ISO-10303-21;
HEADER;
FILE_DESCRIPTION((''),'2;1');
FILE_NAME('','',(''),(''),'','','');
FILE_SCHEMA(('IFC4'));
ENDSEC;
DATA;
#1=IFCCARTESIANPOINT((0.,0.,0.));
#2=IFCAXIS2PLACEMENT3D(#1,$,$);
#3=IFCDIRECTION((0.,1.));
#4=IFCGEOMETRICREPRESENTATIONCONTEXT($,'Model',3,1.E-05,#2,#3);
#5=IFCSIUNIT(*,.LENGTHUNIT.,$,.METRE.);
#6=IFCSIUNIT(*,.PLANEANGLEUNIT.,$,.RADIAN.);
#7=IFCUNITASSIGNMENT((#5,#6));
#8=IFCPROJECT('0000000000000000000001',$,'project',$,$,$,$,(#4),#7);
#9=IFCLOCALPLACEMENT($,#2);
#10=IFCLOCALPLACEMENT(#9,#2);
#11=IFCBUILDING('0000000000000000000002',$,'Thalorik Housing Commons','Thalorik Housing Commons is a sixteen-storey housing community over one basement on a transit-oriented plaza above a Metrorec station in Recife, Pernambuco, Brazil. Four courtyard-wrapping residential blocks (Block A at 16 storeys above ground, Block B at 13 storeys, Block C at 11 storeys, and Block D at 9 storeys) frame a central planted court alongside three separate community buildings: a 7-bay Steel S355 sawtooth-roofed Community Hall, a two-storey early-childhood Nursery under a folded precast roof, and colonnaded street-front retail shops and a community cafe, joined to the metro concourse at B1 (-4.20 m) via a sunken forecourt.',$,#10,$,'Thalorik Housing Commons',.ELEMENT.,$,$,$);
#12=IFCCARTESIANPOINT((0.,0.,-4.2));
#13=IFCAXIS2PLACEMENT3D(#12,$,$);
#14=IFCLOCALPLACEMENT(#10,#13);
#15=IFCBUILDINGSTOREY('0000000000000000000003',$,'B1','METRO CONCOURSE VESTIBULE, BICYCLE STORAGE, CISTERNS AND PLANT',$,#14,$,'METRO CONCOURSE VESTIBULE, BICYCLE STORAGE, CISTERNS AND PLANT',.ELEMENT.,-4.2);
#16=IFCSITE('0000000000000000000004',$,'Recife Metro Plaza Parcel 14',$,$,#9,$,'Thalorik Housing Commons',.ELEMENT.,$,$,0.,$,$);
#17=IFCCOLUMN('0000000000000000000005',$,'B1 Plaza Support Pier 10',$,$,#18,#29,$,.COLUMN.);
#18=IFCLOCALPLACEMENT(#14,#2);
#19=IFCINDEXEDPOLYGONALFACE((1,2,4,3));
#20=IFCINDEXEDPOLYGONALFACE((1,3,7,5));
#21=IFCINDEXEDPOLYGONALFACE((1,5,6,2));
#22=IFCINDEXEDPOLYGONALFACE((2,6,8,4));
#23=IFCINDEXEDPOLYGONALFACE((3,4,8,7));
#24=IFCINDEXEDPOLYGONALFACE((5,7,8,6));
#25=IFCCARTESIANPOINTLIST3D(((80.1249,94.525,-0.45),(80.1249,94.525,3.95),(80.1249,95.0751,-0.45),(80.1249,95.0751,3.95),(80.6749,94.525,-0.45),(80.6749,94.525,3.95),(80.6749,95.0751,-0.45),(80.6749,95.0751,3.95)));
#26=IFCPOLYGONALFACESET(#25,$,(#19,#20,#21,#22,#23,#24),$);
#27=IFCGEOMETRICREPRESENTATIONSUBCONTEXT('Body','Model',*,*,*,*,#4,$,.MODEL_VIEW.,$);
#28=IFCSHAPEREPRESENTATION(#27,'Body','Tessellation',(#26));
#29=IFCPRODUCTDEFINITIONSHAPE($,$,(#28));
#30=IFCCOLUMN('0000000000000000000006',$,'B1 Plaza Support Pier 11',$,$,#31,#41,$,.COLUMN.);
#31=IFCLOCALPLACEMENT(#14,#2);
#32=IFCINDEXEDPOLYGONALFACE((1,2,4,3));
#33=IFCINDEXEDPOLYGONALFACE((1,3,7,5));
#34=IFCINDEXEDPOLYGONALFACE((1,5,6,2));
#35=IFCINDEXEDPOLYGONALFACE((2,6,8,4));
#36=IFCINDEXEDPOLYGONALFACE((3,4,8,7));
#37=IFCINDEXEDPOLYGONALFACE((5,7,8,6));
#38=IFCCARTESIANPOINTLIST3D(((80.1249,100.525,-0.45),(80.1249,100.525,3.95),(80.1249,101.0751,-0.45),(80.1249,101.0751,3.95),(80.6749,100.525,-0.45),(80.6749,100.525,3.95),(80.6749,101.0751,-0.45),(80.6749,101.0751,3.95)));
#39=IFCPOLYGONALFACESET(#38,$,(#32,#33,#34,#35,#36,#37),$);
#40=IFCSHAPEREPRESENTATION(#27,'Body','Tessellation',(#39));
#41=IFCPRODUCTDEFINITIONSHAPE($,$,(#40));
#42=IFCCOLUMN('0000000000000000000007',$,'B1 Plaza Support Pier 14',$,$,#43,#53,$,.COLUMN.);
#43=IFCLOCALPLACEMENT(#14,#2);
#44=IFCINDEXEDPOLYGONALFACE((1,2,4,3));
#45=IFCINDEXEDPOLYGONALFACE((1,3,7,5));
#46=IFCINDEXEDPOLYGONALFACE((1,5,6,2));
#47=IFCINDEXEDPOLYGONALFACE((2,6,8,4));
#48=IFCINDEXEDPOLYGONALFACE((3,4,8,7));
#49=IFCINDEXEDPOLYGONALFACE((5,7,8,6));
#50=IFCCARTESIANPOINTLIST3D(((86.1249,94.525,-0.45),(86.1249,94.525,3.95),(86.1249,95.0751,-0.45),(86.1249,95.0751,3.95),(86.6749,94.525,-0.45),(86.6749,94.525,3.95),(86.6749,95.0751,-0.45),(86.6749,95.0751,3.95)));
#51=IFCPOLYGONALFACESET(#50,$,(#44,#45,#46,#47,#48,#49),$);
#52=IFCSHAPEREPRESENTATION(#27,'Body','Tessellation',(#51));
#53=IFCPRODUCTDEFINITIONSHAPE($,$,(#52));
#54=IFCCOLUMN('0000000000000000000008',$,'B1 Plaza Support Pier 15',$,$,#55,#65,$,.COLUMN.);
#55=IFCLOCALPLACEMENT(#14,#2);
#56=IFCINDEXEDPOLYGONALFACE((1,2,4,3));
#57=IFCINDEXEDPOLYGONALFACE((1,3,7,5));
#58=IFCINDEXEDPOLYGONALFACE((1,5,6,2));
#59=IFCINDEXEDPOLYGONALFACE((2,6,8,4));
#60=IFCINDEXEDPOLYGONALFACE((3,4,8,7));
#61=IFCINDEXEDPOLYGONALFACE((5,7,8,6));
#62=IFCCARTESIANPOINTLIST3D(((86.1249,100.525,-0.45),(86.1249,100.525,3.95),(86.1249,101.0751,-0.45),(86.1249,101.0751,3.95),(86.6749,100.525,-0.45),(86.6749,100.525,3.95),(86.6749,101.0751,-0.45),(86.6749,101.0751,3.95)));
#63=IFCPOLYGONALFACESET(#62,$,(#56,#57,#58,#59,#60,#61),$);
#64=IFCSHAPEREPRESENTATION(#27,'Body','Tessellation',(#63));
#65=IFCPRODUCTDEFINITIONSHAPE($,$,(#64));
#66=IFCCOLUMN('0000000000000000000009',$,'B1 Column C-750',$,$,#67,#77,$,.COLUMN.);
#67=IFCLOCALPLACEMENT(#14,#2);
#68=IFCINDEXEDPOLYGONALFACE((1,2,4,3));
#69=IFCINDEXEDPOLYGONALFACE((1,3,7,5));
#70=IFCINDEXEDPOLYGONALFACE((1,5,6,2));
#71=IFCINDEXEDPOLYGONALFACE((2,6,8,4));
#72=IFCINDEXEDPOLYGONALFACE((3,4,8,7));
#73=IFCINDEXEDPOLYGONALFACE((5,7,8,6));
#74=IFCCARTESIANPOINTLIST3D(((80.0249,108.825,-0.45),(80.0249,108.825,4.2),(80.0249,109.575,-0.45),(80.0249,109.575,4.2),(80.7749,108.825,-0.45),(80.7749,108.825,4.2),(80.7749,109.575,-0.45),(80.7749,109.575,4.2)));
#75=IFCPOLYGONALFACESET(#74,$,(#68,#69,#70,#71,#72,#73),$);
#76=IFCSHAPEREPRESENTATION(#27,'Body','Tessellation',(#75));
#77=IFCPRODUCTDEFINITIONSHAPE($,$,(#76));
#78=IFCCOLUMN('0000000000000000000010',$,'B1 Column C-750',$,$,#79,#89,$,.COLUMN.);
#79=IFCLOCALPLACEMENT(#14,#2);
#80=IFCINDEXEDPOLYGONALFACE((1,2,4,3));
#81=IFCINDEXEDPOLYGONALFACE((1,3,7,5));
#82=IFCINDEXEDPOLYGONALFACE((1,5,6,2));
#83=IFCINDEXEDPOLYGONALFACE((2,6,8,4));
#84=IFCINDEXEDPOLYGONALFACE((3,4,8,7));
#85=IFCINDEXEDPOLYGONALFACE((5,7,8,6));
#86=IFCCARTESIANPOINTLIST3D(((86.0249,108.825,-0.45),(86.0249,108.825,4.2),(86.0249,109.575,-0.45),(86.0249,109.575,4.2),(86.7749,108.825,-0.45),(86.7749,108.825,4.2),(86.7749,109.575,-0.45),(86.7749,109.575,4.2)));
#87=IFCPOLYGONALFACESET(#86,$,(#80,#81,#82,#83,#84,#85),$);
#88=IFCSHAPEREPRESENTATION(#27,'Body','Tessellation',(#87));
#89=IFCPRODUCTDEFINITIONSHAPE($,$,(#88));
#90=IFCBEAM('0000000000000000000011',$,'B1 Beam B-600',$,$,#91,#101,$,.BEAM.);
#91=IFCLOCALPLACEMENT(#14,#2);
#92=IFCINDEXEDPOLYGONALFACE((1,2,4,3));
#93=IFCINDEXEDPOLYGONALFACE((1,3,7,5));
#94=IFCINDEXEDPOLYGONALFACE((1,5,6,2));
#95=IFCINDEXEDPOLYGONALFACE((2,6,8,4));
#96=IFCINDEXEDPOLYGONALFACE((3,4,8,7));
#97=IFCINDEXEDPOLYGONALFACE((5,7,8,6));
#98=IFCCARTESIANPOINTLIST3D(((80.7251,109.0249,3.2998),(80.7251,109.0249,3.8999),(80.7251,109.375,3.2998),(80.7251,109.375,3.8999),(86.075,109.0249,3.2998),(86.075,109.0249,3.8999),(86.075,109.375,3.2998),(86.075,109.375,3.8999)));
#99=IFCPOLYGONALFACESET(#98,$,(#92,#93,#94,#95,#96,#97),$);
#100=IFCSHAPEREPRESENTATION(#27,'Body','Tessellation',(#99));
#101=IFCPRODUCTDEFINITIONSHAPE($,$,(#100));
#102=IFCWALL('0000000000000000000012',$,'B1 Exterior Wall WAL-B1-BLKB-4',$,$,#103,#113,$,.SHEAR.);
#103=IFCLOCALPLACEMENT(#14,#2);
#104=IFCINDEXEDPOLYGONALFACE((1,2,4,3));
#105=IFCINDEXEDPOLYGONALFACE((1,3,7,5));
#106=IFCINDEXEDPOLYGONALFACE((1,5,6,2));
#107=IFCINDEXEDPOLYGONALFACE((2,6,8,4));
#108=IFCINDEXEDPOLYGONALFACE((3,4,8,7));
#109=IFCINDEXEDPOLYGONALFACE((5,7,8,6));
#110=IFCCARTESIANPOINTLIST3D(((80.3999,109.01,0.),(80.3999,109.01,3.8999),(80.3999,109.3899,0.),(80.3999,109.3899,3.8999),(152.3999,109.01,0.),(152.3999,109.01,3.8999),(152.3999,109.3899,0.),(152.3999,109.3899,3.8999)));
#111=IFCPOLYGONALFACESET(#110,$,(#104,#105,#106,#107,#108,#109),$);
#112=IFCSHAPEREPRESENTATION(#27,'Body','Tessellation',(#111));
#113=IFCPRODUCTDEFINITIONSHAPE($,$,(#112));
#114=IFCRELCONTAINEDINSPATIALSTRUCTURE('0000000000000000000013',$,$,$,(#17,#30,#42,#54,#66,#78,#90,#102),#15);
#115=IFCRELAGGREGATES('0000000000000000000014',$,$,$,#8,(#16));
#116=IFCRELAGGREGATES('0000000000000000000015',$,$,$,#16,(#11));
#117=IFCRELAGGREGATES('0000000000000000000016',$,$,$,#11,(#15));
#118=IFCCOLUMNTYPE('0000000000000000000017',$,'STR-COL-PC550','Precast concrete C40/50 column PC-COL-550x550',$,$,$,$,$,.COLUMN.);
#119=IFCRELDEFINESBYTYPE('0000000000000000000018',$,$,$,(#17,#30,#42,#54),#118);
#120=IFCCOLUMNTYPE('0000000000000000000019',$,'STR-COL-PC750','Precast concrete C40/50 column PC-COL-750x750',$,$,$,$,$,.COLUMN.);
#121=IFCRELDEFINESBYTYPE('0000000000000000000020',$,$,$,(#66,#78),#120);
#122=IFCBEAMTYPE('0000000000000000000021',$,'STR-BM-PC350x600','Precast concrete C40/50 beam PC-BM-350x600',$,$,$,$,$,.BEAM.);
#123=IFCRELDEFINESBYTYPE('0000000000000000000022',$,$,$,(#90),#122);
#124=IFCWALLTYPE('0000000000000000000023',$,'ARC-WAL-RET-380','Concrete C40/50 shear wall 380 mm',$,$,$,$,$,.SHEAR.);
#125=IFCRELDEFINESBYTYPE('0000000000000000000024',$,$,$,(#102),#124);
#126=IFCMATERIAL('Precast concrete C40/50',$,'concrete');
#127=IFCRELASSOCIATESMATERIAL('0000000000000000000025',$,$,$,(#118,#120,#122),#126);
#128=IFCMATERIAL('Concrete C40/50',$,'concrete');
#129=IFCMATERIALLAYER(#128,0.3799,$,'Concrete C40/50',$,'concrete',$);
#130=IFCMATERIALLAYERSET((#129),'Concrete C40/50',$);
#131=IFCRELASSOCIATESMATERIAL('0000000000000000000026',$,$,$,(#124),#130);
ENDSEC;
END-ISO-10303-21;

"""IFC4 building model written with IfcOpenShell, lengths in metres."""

from ifc_helpers import new_model, si_unit, direction, frame, frame_2d, origin, origin_2d, place, context, subcontext, project, spatial, rectangle, extrude, material, layer, layer_set, material_profile, profile_set, type_object, element, save


model = new_model("IFC4")

# Units and contexts
model_context = context("Model", 3, precision=1e-05, world=origin(), true_north=direction((0.0, 1.0)))
body_context = subcontext(model_context, "Body", "Model", "MODEL_VIEW")
ifc_project = project(units=[si_unit("LENGTHUNIT", "METRE"), si_unit("PLANEANGLEUNIT", "RADIAN")], contexts=[model_context])

# Site, building, storey
site_placement = place(None, origin())
site = spatial("IfcSite", under=ifc_project, at=site_placement, Name="Recife Metro Plaza Parcel 14", LongName="Thalorik Housing Commons", CompositionType="ELEMENT", RefElevation=0.0)
building_placement = place(site_placement, origin())
building = spatial("IfcBuilding", under=site, at=building_placement, Name="Thalorik Housing Commons", Description="Thalorik Housing Commons is a sixteen-storey housing community over one basement on a transit-oriented plaza above a Metrorec station in Recife, Pernambuco, Brazil. Four courtyard-wrapping residential blocks (Block A at 16 storeys above ground, Block B at 13 storeys, Block C at 11 storeys, and Block D at 9 storeys) frame a central planted court alongside three separate community buildings: a 7-bay Steel S355 sawtooth-roofed Community Hall, a two-storey early-childhood Nursery under a folded precast roof, and colonnaded street-front retail shops and a community cafe, joined to the metro concourse at B1 (-4.20 m) via a sunken forecourt.", LongName="Thalorik Housing Commons", CompositionType="ELEMENT")
storey_placement = place(building_placement, frame((0.0, 0.0, -4.2)))
storey = spatial("IfcBuildingStorey", under=building, at=storey_placement, Name="B1", Description="METRO CONCOURSE VESTIBULE, BICYCLE STORAGE, CISTERNS AND PLANT", LongName="METRO CONCOURSE VESTIBULE, BICYCLE STORAGE, CISTERNS AND PLANT", CompositionType="ELEMENT", Elevation=-4.2)

# Shared definitions
ifc_material_1 = material(Name="Concrete C40/50", Category="concrete")

# Columns
ifc_material_2 = material(Name="Precast concrete C40/50", Category="concrete")
ifc_material_profile_1 = material_profile(ifc_material_2, rectangle(XDim=0.55, YDim=0.55, at=origin_2d()), Name="PC 550x550", Category="concrete")
ifc_profile_set_1 = profile_set([ifc_material_profile_1], Name="Precast concrete C40/50")
column_type_1 = type_object("IfcColumnType", Name="STR-COL-PC550", Description="Precast concrete C40/50 column PC-COL-550x550", PredefinedType="COLUMN", material=ifc_profile_set_1)
for number, where, z_axis, x_axis, name in (
    (1, (80.3999, 94.8, -0.45), (0.0, 0.0, 1.0), (1.0, 0.0, 0.0), "B1 Plaza Support Pier 10"),
    (2, (80.3999, 100.8, -0.45), (0.0, 0.0, 1.0), (1.0, 0.0, 0.0), "B1 Plaza Support Pier 11"),
    (3, (86.3999, 94.8, -0.45), (0.0, 0.0, 1.0), (1.0, 0.0, 0.0), "B1 Plaza Support Pier 14"),
    (4, (86.3999, 100.8, -0.45), (0.0, 0.0, 1.0), (1.0, 0.0, 0.0), "B1 Plaza Support Pier 15"),
):
    element("IfcColumn", number, at=place(storey_placement, frame(where, z_axis=z_axis, x_axis=x_axis)), inside=storey, type_object=column_type_1, Name=name, PredefinedType="COLUMN", context=body_context, shape_type="SweptSolid", body=[
        extrude(rectangle(XDim=0.55, YDim=0.55, at=origin_2d()), origin(), (0.0, 0.0, 1.0), 4.3999),
    ])
ifc_material_profile_2 = material_profile(ifc_material_2, rectangle(XDim=0.75, YDim=0.75, at=origin_2d()), Name="PC 750x750", Category="concrete")
ifc_profile_set_2 = profile_set([ifc_material_profile_2], Name="Precast concrete C40/50")
column_type_2 = type_object("IfcColumnType", Name="STR-COL-PC750", Description="Precast concrete C40/50 column PC-COL-750x750", PredefinedType="COLUMN", material=ifc_profile_set_2)
for number, where, z_axis, x_axis, name in (
    (5, (80.3999, 109.2, -0.45), (0.0, 0.0, 1.0), (1.0, 0.0, 0.0), "B1 Column C-750"),
    (6, (86.3999, 109.2, -0.45), (0.0, 0.0, 1.0), (1.0, 0.0, 0.0), "B1 Column C-750"),
):
    element("IfcColumn", number, at=place(storey_placement, frame(where, z_axis=z_axis, x_axis=x_axis)), inside=storey, type_object=column_type_2, Name=name, PredefinedType="COLUMN", context=body_context, shape_type="SweptSolid", body=[
        extrude(rectangle(XDim=0.75, YDim=0.75, at=origin_2d()), origin(), (0.0, 0.0, 1.0), 4.6499),
    ])

# Beam
ifc_material_profile_3 = material_profile(ifc_material_2, rectangle(XDim=0.3501, YDim=0.6001, at=origin_2d()), Name="PC 350x600", Category="concrete")
ifc_profile_set_3 = profile_set([ifc_material_profile_3], Name="Precast concrete C40/50")
beam_type = type_object("IfcBeamType", Name="STR-BM-PC350x600", Description="Precast concrete C40/50 beam PC-BM-350x600", PredefinedType="BEAM", material=ifc_profile_set_3)
beam_placement = place(storey_placement, frame((80.7251, 109.2, 3.5999), z_axis=(1.0, 0.0, 0.0), x_axis=(0.0, 1.0, 0.0)))
element("IfcBeam", 7, at=beam_placement, inside=storey, type_object=beam_type, Name="B1 Beam B-600", PredefinedType="BEAM", context=body_context, shape_type="SweptSolid", body=[
    extrude(rectangle(XDim=0.3501, YDim=0.6001, at=origin_2d()), origin(), (0.0, 0.0, 1.0), 5.3499),
])

# Wall
ifc_layer = layer(ifc_material_1, 0.3799, Name="Concrete C40/50", Category="concrete")
ifc_layer_set = layer_set([ifc_layer], Name="Concrete C40/50")
wall_type = type_object("IfcWallType", Name="ARC-WAL-RET-380", Description="Concrete C40/50 shear wall 380 mm", PredefinedType="SHEAR", material=ifc_layer_set)
wall_placement = place(storey_placement, frame((80.3999, 109.2, 0.0), z_axis=(0.0, 0.0, 1.0), x_axis=(1.0, 0.0, 0.0)))
element("IfcWall", 8, at=wall_placement, inside=storey, type_object=wall_type, Name="B1 Exterior Wall WAL-B1-BLKB-4", PredefinedType="SHEAR", context=body_context, shape_type="SweptSolid", body=[
    extrude(rectangle(XDim=72.0, YDim=0.3799, at=frame_2d((36.0, 0.0))), origin(), (0.0, 0.0, 1.0), 3.8999),
])

save(model, "model.ifc")
